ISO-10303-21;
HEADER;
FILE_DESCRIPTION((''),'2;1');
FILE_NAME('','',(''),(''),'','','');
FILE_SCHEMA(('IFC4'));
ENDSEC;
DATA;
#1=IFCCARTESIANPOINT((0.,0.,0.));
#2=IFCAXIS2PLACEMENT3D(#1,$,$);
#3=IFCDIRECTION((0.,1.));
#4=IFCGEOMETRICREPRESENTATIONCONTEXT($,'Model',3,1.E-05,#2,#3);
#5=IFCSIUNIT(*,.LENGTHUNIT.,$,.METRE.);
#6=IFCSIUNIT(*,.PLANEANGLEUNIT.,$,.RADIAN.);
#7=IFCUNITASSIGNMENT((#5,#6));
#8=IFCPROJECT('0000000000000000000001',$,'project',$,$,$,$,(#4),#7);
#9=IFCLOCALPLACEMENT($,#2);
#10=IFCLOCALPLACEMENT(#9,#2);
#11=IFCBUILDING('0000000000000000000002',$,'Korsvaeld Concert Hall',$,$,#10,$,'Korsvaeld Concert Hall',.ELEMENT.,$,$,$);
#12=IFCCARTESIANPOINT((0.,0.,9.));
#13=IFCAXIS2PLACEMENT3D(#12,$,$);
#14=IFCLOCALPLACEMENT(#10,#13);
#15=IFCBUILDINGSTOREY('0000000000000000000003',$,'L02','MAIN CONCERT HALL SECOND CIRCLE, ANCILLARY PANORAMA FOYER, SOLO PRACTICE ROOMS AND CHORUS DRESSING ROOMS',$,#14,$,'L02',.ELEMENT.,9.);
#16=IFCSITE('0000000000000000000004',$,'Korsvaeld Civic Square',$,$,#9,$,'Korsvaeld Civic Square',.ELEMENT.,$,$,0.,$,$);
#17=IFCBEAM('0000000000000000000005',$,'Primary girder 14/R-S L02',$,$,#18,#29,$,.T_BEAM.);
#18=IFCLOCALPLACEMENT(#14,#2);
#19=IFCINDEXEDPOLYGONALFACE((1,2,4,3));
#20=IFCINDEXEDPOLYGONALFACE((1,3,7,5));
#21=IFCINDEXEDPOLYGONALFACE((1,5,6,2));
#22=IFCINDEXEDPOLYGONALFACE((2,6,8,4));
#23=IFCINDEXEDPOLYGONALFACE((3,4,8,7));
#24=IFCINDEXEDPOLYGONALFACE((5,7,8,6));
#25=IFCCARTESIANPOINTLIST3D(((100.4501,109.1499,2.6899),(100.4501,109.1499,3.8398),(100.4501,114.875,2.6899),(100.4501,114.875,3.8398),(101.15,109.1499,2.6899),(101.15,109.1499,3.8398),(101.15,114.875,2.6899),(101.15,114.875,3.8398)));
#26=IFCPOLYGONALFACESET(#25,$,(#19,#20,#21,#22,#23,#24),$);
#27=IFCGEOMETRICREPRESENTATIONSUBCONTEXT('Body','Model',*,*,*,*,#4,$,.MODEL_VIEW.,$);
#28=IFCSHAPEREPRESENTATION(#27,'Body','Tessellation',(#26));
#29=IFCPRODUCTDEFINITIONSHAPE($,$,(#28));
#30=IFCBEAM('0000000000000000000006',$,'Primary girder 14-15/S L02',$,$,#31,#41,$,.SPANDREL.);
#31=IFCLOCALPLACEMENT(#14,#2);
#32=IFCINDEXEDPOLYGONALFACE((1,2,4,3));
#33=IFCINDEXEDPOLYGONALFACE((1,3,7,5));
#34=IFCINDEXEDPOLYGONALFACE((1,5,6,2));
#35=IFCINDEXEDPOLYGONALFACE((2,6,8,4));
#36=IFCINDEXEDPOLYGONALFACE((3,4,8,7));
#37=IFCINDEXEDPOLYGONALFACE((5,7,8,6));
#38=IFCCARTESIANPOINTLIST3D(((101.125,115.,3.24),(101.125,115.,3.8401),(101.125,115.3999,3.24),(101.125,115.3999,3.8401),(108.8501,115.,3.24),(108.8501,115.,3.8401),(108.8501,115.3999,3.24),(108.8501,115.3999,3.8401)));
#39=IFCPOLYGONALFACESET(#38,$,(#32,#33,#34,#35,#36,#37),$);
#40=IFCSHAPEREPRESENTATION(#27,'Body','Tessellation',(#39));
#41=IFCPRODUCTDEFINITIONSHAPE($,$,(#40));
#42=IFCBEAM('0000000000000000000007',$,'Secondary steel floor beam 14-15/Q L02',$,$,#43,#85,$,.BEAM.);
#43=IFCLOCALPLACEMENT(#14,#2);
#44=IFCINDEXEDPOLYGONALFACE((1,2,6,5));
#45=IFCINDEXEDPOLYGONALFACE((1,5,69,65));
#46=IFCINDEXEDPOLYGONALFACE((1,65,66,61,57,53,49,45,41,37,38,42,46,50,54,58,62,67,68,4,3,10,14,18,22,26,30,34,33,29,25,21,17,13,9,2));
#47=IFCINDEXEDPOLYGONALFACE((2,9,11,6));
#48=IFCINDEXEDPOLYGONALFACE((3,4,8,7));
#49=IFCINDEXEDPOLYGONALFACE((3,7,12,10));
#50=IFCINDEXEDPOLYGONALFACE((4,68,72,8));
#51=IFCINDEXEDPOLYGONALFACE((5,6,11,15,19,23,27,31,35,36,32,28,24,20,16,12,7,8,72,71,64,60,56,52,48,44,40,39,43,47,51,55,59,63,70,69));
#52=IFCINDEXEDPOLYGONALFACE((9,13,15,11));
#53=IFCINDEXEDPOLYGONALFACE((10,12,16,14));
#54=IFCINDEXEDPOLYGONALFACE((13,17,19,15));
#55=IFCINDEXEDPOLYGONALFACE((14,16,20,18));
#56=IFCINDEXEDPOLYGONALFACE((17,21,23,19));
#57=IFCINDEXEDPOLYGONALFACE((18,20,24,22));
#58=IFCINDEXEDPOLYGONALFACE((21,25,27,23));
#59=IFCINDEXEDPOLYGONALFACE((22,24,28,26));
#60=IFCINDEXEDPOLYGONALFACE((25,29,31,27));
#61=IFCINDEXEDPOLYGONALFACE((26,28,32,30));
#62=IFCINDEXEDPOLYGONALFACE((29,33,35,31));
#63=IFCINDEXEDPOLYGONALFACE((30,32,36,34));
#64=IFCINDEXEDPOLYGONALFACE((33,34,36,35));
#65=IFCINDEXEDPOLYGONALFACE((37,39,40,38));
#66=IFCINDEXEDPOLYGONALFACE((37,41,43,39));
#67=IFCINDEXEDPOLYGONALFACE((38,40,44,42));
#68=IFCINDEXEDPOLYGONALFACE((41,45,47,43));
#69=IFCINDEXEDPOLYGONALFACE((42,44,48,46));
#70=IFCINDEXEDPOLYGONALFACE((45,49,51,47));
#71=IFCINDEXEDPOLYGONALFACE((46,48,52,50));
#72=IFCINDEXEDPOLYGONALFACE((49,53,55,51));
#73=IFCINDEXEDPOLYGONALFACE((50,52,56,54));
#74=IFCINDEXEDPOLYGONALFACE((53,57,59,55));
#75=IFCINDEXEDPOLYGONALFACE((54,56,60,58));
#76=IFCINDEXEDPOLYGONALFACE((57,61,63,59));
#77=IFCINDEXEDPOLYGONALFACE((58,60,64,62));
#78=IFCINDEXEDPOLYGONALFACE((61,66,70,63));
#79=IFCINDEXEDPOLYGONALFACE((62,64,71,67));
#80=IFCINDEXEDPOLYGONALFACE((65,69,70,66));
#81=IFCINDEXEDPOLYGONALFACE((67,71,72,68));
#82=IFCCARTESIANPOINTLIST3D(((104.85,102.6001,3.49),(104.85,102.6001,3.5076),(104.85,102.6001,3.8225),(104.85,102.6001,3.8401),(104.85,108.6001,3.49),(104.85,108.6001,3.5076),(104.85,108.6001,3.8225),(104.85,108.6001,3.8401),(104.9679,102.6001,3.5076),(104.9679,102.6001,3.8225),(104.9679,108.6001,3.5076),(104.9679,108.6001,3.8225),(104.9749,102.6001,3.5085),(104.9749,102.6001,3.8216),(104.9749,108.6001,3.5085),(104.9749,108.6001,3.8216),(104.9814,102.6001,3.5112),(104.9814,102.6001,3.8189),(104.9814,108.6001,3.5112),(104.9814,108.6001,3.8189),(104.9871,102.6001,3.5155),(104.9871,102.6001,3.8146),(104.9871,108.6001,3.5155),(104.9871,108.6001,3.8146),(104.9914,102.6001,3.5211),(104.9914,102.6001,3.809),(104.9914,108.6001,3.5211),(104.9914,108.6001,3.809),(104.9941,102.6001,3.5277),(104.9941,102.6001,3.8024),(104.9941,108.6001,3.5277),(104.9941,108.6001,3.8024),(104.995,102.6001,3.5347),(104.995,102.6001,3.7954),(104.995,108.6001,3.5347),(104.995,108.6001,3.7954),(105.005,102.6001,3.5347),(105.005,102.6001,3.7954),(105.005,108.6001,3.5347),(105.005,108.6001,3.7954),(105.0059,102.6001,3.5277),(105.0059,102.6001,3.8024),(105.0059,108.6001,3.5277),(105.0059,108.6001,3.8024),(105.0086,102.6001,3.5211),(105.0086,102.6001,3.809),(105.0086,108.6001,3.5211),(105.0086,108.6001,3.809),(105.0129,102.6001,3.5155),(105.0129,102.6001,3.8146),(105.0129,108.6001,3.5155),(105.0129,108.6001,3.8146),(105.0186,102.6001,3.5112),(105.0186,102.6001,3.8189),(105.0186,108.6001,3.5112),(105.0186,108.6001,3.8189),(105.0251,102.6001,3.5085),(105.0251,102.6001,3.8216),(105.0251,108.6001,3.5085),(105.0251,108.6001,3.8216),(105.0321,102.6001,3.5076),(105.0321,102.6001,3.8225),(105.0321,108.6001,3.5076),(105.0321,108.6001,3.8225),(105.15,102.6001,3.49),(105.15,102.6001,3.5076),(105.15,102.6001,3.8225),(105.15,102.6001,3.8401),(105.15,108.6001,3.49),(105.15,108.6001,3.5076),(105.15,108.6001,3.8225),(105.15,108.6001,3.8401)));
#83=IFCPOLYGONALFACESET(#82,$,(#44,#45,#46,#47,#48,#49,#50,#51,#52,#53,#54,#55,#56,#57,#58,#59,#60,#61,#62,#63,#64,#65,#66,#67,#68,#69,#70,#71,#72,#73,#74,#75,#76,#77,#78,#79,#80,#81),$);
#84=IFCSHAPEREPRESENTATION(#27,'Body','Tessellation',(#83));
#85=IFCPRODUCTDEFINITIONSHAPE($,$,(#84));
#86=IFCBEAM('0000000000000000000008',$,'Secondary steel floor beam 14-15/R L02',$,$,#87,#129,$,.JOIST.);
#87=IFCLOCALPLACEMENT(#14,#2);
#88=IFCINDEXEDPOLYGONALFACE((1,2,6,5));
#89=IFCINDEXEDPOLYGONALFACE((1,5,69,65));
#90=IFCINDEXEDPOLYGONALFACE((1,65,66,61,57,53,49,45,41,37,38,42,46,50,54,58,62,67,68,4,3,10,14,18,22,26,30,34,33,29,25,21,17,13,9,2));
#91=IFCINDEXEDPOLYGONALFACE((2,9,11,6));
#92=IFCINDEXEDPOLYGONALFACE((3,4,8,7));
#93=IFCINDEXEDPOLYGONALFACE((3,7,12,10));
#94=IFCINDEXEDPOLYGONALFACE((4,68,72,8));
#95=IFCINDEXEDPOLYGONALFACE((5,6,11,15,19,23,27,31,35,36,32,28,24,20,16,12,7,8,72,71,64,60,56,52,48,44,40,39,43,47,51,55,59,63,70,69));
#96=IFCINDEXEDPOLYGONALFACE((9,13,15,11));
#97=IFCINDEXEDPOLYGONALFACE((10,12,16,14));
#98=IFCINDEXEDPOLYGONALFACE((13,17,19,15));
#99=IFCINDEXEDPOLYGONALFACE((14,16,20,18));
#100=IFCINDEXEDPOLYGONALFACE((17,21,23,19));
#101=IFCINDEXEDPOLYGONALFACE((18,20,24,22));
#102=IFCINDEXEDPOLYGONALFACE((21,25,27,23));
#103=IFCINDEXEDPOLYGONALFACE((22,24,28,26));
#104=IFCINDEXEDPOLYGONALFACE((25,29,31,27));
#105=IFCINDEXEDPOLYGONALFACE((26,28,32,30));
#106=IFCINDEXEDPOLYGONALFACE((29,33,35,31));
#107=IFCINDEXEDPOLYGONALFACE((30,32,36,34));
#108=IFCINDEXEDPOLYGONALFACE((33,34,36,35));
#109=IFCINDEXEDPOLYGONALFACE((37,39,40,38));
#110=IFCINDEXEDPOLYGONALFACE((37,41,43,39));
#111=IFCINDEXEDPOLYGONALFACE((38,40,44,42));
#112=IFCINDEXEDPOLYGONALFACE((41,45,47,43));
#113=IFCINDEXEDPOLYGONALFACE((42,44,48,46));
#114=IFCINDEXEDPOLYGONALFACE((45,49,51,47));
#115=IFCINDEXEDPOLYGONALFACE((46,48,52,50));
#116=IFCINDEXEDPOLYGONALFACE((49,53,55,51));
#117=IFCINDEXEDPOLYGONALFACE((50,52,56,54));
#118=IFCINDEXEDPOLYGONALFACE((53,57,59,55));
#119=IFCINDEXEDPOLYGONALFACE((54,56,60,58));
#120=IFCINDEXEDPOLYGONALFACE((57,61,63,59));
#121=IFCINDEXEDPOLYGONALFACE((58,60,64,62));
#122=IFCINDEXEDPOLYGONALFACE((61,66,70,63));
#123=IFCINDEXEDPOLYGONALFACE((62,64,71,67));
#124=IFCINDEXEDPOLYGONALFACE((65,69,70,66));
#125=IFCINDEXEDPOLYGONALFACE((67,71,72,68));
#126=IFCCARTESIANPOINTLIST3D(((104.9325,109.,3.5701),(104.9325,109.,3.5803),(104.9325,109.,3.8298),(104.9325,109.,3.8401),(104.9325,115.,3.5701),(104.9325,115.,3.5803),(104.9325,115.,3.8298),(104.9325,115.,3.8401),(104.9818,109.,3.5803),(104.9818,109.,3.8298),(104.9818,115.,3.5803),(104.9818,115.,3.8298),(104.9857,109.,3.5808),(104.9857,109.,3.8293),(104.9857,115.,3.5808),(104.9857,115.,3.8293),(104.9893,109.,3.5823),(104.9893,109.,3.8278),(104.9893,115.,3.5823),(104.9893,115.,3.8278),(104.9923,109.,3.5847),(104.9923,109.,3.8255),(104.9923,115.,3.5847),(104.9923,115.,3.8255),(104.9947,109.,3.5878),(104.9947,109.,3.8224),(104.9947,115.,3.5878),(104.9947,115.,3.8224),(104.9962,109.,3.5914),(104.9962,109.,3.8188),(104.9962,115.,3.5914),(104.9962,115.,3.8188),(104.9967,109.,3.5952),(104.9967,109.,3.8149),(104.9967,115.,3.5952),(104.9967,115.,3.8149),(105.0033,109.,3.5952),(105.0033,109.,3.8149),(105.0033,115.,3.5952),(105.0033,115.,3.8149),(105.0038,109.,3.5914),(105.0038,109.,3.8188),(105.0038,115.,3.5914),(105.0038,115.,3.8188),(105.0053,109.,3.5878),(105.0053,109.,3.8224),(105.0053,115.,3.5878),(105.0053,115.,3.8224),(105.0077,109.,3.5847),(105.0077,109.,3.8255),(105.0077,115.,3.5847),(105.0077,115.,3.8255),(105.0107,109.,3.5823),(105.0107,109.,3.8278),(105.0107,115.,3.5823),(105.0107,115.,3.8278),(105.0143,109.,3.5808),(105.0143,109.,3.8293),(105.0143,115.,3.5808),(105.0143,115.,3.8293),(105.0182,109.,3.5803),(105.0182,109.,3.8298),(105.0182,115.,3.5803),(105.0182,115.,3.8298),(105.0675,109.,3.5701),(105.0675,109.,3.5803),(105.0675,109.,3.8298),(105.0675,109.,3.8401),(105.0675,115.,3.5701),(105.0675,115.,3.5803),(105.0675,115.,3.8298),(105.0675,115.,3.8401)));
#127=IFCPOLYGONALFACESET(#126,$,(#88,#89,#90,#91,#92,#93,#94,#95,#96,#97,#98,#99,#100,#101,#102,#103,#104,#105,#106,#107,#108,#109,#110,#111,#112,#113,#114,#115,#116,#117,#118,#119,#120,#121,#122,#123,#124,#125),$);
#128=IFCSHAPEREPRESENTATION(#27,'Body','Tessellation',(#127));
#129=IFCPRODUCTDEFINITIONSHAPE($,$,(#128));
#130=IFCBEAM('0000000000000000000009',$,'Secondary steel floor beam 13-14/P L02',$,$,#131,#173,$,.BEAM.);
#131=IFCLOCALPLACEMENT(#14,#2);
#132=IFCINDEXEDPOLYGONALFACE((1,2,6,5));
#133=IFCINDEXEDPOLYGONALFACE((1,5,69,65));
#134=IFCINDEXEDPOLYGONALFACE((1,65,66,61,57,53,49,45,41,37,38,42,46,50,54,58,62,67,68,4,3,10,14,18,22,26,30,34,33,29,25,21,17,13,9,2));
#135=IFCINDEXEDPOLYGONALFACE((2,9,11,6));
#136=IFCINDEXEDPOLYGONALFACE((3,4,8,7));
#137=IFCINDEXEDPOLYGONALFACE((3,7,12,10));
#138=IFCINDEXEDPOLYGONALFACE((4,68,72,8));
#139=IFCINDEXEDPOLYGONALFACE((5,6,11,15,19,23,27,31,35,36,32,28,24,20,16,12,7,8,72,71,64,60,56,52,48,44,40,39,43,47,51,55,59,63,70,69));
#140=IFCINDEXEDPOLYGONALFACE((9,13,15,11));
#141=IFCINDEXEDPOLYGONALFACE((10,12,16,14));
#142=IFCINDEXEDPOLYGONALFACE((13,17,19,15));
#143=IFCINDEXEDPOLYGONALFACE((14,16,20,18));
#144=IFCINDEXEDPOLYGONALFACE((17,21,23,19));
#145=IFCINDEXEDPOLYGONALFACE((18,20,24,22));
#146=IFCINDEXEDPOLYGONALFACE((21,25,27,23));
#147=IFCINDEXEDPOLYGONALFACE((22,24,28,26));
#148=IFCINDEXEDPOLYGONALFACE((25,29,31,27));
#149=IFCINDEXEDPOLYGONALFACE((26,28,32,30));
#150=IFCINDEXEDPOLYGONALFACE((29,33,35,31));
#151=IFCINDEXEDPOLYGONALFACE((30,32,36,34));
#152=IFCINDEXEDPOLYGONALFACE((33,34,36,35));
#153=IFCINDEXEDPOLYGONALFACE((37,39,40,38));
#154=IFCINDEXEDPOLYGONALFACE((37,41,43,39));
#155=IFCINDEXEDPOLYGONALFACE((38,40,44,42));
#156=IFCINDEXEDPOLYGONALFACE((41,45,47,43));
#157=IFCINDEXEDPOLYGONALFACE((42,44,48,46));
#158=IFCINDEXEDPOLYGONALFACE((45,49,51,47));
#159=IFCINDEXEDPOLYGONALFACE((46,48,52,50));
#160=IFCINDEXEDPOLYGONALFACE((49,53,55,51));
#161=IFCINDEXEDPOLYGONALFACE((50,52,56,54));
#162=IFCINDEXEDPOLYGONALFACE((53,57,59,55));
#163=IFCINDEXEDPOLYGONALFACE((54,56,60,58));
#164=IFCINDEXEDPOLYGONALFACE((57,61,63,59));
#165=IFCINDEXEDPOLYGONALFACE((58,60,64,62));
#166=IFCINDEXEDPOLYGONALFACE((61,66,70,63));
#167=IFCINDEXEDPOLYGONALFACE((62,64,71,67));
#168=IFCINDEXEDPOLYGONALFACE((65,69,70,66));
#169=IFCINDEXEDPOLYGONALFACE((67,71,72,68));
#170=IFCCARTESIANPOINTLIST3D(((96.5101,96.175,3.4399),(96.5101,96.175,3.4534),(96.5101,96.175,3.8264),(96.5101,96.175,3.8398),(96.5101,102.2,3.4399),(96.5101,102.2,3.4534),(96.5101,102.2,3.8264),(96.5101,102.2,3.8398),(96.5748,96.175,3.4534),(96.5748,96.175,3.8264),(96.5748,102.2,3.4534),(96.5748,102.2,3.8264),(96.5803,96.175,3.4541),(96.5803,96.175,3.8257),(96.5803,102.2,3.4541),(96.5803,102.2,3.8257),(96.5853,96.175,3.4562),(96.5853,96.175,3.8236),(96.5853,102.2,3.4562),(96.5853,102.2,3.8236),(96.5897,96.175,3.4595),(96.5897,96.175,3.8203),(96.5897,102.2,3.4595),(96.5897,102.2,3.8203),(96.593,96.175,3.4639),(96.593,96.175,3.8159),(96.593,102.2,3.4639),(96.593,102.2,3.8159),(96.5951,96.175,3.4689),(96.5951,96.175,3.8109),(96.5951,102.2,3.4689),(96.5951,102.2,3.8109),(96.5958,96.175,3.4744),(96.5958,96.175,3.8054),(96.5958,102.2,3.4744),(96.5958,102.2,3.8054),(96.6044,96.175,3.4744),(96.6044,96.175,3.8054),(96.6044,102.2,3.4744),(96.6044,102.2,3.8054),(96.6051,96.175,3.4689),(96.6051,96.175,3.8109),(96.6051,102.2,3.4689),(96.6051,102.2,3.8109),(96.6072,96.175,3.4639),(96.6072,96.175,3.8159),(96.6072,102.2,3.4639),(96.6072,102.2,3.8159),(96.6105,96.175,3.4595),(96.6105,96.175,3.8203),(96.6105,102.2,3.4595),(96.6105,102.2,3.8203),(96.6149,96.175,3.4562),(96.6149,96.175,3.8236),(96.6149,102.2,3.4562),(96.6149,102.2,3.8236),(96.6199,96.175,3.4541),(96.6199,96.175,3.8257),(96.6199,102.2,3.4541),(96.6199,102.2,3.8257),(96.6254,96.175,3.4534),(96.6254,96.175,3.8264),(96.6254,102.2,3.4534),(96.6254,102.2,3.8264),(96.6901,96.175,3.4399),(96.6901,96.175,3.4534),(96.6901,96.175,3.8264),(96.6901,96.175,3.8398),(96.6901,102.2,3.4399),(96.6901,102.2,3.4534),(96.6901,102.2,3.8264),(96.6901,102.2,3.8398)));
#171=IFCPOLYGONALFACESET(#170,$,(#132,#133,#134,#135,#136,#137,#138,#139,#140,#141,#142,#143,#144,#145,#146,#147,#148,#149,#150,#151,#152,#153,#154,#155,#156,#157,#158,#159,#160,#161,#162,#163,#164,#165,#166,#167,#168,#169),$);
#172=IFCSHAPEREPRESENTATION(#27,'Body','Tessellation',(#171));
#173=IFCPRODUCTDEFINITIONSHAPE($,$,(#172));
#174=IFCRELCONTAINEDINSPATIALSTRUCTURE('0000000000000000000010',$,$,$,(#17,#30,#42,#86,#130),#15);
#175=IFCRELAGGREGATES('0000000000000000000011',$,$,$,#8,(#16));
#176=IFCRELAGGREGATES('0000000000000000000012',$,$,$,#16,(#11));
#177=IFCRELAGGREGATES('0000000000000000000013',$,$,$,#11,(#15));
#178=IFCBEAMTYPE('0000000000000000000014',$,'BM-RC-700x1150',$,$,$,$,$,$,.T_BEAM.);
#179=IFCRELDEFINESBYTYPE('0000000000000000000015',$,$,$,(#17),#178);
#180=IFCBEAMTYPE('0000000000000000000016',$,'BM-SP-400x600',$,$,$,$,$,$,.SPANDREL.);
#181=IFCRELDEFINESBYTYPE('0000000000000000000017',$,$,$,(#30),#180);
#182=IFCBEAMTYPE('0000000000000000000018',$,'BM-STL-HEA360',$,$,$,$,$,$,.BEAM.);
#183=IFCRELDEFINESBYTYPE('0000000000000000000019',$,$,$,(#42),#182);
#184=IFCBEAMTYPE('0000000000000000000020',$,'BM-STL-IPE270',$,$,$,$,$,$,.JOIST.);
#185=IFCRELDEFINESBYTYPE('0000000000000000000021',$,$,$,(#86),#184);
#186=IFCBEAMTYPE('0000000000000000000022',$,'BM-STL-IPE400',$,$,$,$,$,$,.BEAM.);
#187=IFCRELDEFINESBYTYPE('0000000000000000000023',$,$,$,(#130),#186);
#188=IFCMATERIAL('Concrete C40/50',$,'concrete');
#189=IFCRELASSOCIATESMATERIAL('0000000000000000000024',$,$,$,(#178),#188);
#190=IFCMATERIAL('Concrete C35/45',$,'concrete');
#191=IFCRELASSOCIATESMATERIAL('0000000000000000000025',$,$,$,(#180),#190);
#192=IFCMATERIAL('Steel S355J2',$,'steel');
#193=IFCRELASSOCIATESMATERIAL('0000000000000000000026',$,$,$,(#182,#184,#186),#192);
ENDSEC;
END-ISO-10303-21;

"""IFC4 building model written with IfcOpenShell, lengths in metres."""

from ifc_helpers import new_model, si_unit, direction, frame, origin, origin_2d, place, context, subcontext, project, spatial, rectangle, i_section, extrude, material, material_profile, profile_set, type_object, element, save


model = new_model("IFC4")

# Units and contexts
model_context = context("Model", 3, precision=1e-05, world=origin(), true_north=direction((0.0, 1.0)))
body_context = subcontext(model_context, "Body", "Model", "MODEL_VIEW")
ifc_project = project(units=[si_unit("LENGTHUNIT", "METRE"), si_unit("PLANEANGLEUNIT", "RADIAN")], contexts=[model_context])

# Site, building, storey
site_placement = place(None, origin())
site = spatial("IfcSite", under=ifc_project, at=site_placement, Name="Korsvaeld Civic Square", LongName="Korsvaeld Civic Square", CompositionType="ELEMENT", RefElevation=0.0)
building_placement = place(site_placement, origin())
building = spatial("IfcBuilding", under=site, at=building_placement, Name="Korsvaeld Concert Hall", LongName="Korsvaeld Concert Hall", CompositionType="ELEMENT")
storey_placement = place(building_placement, frame((0.0, 0.0, 9.0)))
storey = spatial("IfcBuildingStorey", under=building, at=storey_placement, Name="L02", Description="MAIN CONCERT HALL SECOND CIRCLE, ANCILLARY PANORAMA FOYER, SOLO PRACTICE ROOMS AND CHORUS DRESSING ROOMS", LongName="L02", CompositionType="ELEMENT", Elevation=9.0)

# Shared definitions
ifc_material_1 = material(Name="Concrete C40/50", Category="concrete")

# Beams
ifc_material_2 = material(Name="Concrete C35/45", Category="concrete")
ifc_material_profile_1 = material_profile(ifc_material_1, rectangle(XDim=0.7, YDim=1.1499, at=origin_2d()), Name="RC 700x1150")
ifc_profile_set_1 = profile_set([ifc_material_profile_1], Name="Concrete C40/50")
beam_type_1 = type_object("IfcBeamType", Name="BM-RC-700x1150", PredefinedType="T_BEAM", material=ifc_profile_set_1)
beam_1_placement = place(storey_placement, frame((100.8, 109.1499, 3.2649), z_axis=(0.0, 1.0, 0.0), x_axis=(-1.0, 0.0, 0.0)))
element("IfcBeam", 1, at=beam_1_placement, inside=storey, type_object=beam_type_1, Name="Primary girder 14/R-S L02", PredefinedType="T_BEAM", context=body_context, shape_type="SweptSolid", body=[
    extrude(rectangle(XDim=0.7, YDim=1.1499, at=origin_2d()), origin(), (0.0, 0.0, 1.0), 5.7251),
])
ifc_material_profile_2 = material_profile(ifc_material_2, rectangle(XDim=0.3999, YDim=0.6001, at=origin_2d()), Name="RC 400x600")
ifc_profile_set_2 = profile_set([ifc_material_profile_2], Name="Concrete C35/45")
beam_type_2 = type_object("IfcBeamType", Name="BM-SP-400x600", PredefinedType="SPANDREL", material=ifc_profile_set_2)
beam_2_placement = place(storey_placement, frame((101.125, 115.2, 3.54), z_axis=(1.0, 0.0, 0.0), x_axis=(0.0, 1.0, 0.0)))
element("IfcBeam", 2, at=beam_2_placement, inside=storey, type_object=beam_type_2, Name="Primary girder 14-15/S L02", PredefinedType="SPANDREL", context=body_context, shape_type="SweptSolid", body=[
    extrude(rectangle(XDim=0.3999, YDim=0.6001, at=origin_2d()), origin(), (0.0, 0.0, 1.0), 7.7251),
])
ifc_material_3 = material(Name="Steel S355J2", Category="steel")
ifc_material_profile_3 = material_profile(ifc_material_3, i_section(OverallWidth=0.3, OverallDepth=0.3501, WebThickness=0.01, FlangeThickness=0.0176, FilletRadius=0.0271, at=origin_2d()), Name="HEA 360")
ifc_profile_set_3 = profile_set([ifc_material_profile_3], Name="Steel S355J2")
beam_type_3 = type_object("IfcBeamType", Name="BM-STL-HEA360", PredefinedType="BEAM", material=ifc_profile_set_3)
beam_3_placement = place(storey_placement, frame((105.0, 102.6001, 3.665), z_axis=(0.0, 1.0, 0.0), x_axis=(-1.0, 0.0, 0.0)))
element("IfcBeam", 3, at=beam_3_placement, inside=storey, type_object=beam_type_3, Name="Secondary steel floor beam 14-15/Q L02", PredefinedType="BEAM", context=body_context, shape_type="SweptSolid", body=[
    extrude(i_section(OverallWidth=0.3, OverallDepth=0.3501, WebThickness=0.01, FlangeThickness=0.0176, FilletRadius=0.0271, at=origin_2d()), origin(), (0.0, 0.0, 1.0), 6.0),
])
ifc_material_profile_4 = material_profile(ifc_material_3, i_section(OverallWidth=0.135, OverallDepth=0.27, WebThickness=0.0066, FlangeThickness=0.0103, FilletRadius=0.0149, at=origin_2d()), Name="IPE 270")
ifc_profile_set_4 = profile_set([ifc_material_profile_4], Name="Steel S355J2")
beam_type_4 = type_object("IfcBeamType", Name="BM-STL-IPE270", PredefinedType="JOIST", material=ifc_profile_set_4)
beam_4_placement = place(storey_placement, frame((105.0, 109.0, 3.7051), z_axis=(0.0, 1.0, 0.0), x_axis=(-1.0, 0.0, 0.0)))
element("IfcBeam", 4, at=beam_4_placement, inside=storey, type_object=beam_type_4, Name="Secondary steel floor beam 14-15/R L02", PredefinedType="JOIST", context=body_context, shape_type="SweptSolid", body=[
    extrude(i_section(OverallWidth=0.135, OverallDepth=0.27, WebThickness=0.0066, FlangeThickness=0.0103, FilletRadius=0.0149, at=origin_2d()), origin(), (0.0, 0.0, 1.0), 6.0),
])
ifc_material_profile_5 = material_profile(ifc_material_3, i_section(OverallWidth=0.1799, OverallDepth=0.3999, WebThickness=0.0085, FlangeThickness=0.0134, FilletRadius=0.021, at=origin_2d()), Name="IPE 400")
ifc_profile_set_5 = profile_set([ifc_material_profile_5], Name="Steel S355J2")
beam_type_5 = type_object("IfcBeamType", Name="BM-STL-IPE400", PredefinedType="BEAM", material=ifc_profile_set_5)
beam_5_placement = place(storey_placement, frame((96.6001, 96.175, 3.6399), z_axis=(0.0, 1.0, 0.0), x_axis=(-1.0, 0.0, 0.0)))
element("IfcBeam", 5, at=beam_5_placement, inside=storey, type_object=beam_type_5, Name="Secondary steel floor beam 13-14/P L02", PredefinedType="BEAM", context=body_context, shape_type="SweptSolid", body=[
    extrude(i_section(OverallWidth=0.1799, OverallDepth=0.3999, WebThickness=0.0085, FlangeThickness=0.0134, FilletRadius=0.021, at=origin_2d()), origin(), (0.0, 0.0, 1.0), 6.0249),
])

save(model, "model.ifc")
